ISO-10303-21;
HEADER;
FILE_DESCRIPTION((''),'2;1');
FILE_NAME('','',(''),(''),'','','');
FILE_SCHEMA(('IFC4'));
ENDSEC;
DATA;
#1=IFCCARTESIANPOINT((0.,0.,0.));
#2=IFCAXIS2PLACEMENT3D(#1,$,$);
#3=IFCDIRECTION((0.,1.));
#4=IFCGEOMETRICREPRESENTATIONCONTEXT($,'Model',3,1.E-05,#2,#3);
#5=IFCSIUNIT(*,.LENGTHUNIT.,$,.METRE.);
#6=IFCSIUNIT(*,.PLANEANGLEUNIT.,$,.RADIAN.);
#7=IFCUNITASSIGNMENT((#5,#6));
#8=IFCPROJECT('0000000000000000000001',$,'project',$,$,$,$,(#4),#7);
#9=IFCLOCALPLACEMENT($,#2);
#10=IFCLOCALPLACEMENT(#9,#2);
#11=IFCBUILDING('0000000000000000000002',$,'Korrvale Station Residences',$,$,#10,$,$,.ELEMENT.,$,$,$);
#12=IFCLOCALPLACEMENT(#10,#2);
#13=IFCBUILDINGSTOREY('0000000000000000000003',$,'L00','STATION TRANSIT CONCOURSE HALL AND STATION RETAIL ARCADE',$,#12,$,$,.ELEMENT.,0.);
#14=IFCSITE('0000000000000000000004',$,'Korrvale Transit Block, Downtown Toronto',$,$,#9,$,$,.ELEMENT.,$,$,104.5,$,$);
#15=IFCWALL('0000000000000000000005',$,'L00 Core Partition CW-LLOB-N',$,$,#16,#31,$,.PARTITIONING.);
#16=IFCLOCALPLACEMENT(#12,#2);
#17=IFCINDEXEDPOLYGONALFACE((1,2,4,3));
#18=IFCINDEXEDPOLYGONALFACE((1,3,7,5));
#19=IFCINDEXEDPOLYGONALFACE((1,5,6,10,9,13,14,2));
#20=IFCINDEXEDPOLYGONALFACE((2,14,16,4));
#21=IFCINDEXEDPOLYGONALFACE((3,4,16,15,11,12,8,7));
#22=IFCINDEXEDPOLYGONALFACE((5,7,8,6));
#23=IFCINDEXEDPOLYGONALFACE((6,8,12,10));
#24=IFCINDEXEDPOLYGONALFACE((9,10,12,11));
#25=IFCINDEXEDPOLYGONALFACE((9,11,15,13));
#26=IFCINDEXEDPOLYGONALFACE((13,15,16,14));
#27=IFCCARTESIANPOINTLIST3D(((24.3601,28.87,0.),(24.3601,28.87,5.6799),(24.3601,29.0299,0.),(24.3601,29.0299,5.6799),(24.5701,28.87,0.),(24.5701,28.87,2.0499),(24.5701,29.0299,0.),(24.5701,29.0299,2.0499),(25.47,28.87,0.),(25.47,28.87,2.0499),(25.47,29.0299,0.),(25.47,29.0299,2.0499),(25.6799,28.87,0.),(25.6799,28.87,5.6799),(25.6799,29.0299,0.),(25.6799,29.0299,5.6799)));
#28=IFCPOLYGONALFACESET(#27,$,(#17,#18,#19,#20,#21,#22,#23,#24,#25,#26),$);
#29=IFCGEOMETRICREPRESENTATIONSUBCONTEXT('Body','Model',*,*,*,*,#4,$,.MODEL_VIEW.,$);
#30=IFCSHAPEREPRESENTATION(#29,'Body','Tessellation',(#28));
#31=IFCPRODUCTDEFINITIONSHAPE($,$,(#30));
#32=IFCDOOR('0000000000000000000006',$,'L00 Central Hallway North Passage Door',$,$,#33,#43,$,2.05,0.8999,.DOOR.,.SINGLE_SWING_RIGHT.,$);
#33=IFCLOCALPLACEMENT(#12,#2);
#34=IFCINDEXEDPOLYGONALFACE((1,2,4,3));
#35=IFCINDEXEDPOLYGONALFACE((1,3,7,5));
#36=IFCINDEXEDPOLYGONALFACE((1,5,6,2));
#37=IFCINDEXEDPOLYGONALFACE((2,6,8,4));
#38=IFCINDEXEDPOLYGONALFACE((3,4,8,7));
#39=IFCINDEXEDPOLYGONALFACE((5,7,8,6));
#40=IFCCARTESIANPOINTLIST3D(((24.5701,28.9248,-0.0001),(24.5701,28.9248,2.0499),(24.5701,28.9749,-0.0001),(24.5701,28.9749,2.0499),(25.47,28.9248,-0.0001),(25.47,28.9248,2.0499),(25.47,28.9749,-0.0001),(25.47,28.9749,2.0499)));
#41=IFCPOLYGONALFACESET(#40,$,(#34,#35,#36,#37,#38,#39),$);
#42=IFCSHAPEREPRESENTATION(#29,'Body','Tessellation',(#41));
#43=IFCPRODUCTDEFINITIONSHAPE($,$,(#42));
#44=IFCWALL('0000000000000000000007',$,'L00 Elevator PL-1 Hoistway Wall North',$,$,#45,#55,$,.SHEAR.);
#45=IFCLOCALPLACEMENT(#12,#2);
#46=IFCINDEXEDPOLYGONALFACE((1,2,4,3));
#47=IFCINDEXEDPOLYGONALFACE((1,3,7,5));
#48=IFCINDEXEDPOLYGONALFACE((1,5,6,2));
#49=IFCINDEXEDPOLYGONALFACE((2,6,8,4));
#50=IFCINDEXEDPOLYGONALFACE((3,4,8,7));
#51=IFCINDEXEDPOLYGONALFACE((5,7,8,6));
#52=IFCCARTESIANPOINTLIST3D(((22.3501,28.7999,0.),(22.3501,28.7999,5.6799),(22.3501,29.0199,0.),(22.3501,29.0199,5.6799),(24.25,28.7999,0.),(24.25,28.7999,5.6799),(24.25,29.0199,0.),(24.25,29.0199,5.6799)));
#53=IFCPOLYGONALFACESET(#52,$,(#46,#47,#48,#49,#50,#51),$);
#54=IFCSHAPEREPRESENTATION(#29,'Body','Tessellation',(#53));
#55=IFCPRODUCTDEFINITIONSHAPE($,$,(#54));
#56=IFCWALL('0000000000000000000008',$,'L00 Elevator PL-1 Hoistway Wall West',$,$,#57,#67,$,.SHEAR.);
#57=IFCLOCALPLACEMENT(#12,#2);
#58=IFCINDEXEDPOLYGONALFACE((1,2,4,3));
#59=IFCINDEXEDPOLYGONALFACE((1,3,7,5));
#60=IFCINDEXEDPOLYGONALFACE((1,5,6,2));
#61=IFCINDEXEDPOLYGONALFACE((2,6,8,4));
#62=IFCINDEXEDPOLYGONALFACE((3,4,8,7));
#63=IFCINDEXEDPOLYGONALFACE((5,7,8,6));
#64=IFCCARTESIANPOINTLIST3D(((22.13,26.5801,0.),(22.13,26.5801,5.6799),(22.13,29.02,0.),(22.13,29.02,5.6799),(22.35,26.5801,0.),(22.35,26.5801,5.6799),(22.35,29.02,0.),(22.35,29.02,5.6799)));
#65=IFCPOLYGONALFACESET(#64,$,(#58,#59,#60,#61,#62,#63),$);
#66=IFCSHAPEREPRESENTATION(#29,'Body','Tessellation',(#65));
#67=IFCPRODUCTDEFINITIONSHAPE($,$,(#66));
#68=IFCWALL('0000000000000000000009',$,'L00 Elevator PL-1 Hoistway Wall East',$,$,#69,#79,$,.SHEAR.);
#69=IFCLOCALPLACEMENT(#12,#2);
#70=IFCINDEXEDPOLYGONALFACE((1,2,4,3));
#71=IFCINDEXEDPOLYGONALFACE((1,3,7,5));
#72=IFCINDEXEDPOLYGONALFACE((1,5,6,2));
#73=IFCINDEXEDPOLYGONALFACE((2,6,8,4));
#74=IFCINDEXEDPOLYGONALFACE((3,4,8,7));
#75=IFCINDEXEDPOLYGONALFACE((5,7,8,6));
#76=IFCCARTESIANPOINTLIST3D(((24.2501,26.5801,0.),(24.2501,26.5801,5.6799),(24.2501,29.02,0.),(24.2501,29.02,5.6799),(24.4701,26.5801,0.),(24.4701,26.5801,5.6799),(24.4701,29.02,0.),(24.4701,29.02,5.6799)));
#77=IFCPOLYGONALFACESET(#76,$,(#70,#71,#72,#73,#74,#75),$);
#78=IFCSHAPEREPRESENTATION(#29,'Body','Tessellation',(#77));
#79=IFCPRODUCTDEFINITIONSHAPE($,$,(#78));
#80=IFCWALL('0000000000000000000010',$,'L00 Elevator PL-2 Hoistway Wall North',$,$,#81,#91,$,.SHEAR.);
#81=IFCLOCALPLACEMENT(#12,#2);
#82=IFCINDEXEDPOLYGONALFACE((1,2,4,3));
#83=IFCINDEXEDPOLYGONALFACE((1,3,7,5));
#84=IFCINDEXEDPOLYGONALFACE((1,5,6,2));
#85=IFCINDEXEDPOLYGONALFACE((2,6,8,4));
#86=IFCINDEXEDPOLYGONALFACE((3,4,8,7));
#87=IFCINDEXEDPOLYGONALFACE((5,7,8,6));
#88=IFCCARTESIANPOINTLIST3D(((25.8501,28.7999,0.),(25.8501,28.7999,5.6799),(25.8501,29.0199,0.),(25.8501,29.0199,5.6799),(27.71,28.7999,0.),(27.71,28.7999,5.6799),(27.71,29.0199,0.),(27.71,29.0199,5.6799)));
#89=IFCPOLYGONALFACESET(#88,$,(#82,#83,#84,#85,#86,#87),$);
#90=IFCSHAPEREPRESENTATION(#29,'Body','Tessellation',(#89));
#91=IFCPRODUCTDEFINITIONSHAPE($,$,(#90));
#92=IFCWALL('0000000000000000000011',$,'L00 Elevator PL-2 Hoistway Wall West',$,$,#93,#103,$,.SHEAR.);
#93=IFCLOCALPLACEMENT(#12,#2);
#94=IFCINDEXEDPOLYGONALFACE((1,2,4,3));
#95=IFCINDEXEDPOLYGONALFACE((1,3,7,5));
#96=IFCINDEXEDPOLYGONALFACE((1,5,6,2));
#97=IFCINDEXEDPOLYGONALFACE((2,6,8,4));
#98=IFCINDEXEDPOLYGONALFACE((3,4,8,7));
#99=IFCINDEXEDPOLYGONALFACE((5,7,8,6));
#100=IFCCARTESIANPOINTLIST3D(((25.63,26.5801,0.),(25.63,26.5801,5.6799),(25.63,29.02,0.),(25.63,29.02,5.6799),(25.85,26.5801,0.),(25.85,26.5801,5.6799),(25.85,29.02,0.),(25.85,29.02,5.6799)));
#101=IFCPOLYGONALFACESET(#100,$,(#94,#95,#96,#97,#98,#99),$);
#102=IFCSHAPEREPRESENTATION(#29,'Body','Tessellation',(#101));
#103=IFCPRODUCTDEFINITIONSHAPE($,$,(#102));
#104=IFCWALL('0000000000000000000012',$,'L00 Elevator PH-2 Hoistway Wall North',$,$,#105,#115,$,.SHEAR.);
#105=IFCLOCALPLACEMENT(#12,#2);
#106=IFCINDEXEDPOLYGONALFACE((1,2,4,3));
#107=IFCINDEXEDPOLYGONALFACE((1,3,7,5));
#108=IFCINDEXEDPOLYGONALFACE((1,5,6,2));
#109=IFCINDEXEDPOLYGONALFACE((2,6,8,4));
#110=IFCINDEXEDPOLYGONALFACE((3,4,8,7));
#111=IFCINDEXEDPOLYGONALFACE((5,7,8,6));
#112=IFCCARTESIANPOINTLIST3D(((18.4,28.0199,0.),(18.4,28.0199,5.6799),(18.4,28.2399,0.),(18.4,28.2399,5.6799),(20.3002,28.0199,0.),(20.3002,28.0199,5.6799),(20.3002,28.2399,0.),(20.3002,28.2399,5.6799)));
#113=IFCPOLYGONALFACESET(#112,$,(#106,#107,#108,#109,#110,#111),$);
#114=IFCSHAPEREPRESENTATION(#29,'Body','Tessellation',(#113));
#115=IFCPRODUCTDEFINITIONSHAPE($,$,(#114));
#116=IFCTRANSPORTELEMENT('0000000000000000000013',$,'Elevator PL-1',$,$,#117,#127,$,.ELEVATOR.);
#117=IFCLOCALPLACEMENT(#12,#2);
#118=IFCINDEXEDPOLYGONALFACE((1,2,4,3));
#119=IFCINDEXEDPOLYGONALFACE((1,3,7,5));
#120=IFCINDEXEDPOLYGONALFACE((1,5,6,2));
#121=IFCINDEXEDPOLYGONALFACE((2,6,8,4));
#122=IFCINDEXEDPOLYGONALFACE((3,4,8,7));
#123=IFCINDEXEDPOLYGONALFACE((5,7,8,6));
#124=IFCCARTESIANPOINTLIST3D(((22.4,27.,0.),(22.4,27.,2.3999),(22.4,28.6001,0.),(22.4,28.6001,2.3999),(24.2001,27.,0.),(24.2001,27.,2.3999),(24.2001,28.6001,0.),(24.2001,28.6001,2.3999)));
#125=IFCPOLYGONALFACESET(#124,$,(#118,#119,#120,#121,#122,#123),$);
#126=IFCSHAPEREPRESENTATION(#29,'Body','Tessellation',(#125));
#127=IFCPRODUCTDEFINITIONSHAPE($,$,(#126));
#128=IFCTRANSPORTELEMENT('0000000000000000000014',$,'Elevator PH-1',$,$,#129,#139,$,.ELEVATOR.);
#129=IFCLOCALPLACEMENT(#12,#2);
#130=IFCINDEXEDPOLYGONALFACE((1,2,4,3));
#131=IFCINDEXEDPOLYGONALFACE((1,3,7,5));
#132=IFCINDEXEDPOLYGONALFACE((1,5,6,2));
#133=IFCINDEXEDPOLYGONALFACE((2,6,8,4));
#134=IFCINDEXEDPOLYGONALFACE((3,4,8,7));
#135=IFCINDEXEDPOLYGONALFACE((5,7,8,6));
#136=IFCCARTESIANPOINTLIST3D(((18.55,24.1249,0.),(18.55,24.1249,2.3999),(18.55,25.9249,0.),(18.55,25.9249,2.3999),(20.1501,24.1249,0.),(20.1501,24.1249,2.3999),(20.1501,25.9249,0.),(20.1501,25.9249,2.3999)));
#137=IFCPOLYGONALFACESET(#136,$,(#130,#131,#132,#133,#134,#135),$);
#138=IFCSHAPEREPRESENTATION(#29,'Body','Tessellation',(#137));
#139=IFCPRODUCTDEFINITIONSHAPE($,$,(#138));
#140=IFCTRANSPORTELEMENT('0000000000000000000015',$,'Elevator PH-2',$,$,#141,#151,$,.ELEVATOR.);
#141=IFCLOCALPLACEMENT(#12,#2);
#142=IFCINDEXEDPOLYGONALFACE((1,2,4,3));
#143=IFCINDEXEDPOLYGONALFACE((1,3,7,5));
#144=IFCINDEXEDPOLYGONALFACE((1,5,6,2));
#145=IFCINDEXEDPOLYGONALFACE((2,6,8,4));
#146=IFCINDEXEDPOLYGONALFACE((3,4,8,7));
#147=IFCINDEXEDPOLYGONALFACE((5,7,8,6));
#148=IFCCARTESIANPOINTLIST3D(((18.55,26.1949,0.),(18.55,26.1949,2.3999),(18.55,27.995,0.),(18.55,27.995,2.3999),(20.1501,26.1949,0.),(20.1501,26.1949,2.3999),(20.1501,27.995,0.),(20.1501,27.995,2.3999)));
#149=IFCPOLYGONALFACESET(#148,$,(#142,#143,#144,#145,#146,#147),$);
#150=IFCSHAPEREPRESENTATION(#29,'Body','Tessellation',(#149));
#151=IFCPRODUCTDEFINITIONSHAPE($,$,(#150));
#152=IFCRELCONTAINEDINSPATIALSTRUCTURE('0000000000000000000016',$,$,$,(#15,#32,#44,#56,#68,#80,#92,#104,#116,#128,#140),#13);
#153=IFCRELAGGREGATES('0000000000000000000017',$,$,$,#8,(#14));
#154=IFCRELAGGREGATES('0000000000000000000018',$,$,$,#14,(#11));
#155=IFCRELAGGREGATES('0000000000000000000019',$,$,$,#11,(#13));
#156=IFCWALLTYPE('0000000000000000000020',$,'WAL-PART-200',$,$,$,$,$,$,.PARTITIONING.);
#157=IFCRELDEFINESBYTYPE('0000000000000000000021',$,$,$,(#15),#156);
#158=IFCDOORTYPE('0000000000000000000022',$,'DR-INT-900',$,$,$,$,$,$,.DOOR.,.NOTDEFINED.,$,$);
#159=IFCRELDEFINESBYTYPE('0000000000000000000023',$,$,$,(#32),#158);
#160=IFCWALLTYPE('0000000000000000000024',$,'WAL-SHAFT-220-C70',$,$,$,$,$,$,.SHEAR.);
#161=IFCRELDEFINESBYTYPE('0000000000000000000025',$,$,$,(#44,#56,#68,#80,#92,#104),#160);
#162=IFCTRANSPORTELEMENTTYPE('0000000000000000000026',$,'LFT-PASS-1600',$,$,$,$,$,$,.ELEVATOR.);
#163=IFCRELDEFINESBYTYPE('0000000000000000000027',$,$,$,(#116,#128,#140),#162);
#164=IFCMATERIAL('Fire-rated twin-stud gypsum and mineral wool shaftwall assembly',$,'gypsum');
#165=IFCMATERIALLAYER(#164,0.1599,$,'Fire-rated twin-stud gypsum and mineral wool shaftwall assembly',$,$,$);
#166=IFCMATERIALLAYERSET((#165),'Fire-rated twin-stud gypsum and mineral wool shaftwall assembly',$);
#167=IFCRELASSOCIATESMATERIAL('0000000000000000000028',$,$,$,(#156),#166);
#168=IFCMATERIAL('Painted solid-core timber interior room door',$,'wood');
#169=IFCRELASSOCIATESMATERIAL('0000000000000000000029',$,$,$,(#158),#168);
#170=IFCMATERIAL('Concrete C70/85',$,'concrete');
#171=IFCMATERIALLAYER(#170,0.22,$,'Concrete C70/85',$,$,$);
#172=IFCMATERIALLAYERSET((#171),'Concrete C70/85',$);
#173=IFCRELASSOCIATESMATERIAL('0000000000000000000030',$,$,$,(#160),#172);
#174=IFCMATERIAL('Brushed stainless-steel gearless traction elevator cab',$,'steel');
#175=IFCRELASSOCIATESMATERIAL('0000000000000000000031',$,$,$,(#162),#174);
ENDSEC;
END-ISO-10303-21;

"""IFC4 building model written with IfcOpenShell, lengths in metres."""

from ifc_helpers import new_model, si_unit, direction, frame, frame_2d, origin, origin_2d, place, context, subcontext, project, spatial, rectangle, extrude, material, layer, layer_set, type_object, element, fill, save


model = new_model("IFC4")

# Units and contexts
model_context = context("Model", 3, precision=1e-05, world=origin(), true_north=direction((0.0, 1.0)))
body_context = subcontext(model_context, "Body", "Model", "MODEL_VIEW")
ifc_project = project(units=[si_unit("LENGTHUNIT", "METRE"), si_unit("PLANEANGLEUNIT", "RADIAN")], contexts=[model_context])

# Site, building, storey
site_placement = place(None, origin())
site = spatial("IfcSite", under=ifc_project, at=site_placement, Name="Korrvale Transit Block, Downtown Toronto", CompositionType="ELEMENT", RefElevation=104.5)
building_placement = place(site_placement, origin())
building = spatial("IfcBuilding", under=site, at=building_placement, Name="Korrvale Station Residences", CompositionType="ELEMENT")
storey_placement = place(building_placement, origin())
storey = spatial("IfcBuildingStorey", under=building, at=storey_placement, Name="L00", Description="STATION TRANSIT CONCOURSE HALL AND STATION RETAIL ARCADE", CompositionType="ELEMENT", Elevation=0.0)

# Wall, opening, door
ifc_material_1 = material(Name="Fire-rated twin-stud gypsum and mineral wool shaftwall assembly", Category="gypsum")
ifc_layer_1 = layer(ifc_material_1, 0.1599, Name="Fire-rated twin-stud gypsum and mineral wool shaftwall assembly")
ifc_layer_set_1 = layer_set([ifc_layer_1], Name="Fire-rated twin-stud gypsum and mineral wool shaftwall assembly")
wall_type_1 = type_object("IfcWallType", Name="WAL-PART-200", PredefinedType="PARTITIONING", material=ifc_layer_set_1)
wall_1_placement = place(storey_placement, frame((24.3601, 28.95, 0.0), z_axis=(0.0, 0.0, 1.0), x_axis=(1.0, 0.0, 0.0)))
wall_1 = element("IfcWall", 1, at=wall_1_placement, inside=storey, type_object=wall_type_1, Name="L00 Core Partition CW-LLOB-N", PredefinedType="PARTITIONING", context=body_context, shape_type="SweptSolid", body=[
    extrude(rectangle(XDim=1.3198, YDim=0.1599, at=frame_2d((0.6599, 0.0))), origin(), (0.0, 0.0, 1.0), 5.6799),
])
opening_1_placement = place(wall_1_placement, frame((0.21, 0.0, 0.0)))
opening_1 = element("IfcOpeningElement", 2, at=opening_1_placement, cuts=wall_1, PredefinedType="OPENING", context=body_context, shape_type="SweptSolid", body=[
    extrude(rectangle(XDim=0.8999, YDim=2.05, at=frame_2d((0.45, 1.0249))), frame((0.0, 0.0898, 0.0), z_axis=(0.0, -1.0, 0.0), x_axis=(1.0, 0.0, 0.0)), (0.0, 0.0, 1.0), 0.1799),
])
ifc_material_2 = material(Name="Painted solid-core timber interior room door", Category="wood")
door_type_1 = type_object("IfcDoorType", Name="DR-INT-900", OperationType="NOTDEFINED", PredefinedType="DOOR", material=ifc_material_2)
door_1_placement = place(opening_1_placement, origin())
door_1 = element("IfcDoor", 3, at=door_1_placement, inside=storey, type_object=door_type_1, Name="L00 Central Hallway North Passage Door", OperationType="SINGLE_SWING_RIGHT", OverallHeight=2.05, OverallWidth=0.8999, PredefinedType="DOOR", context=body_context, shape_type="SweptSolid", body=[
    extrude(rectangle(XDim=0.8999, YDim=2.05, at=frame_2d((0.45, 1.0249))), frame((0.0, 0.0249, 0.0), z_axis=(0.0, -1.0, 0.0), x_axis=(1.0, 0.0, 0.0)), (0.0, 0.0, 1.0), 0.05),
])
fill(opening_1, door_1)
ifc_material_3 = material(Name="Concrete C70/85", Category="concrete")
ifc_layer_2 = layer(ifc_material_3, 0.22, Name="Concrete C70/85")
ifc_layer_set_2 = layer_set([ifc_layer_2], Name="Concrete C70/85")
wall_type_2 = type_object("IfcWallType", Name="WAL-SHAFT-220-C70", PredefinedType="SHEAR", material=ifc_layer_set_2)

# Walls
wall_2_placement = place(storey_placement, frame((22.3501, 28.9099, 0.0), z_axis=(0.0, 0.0, 1.0), x_axis=(1.0, 0.0, 0.0)))
element("IfcWall", 4, at=wall_2_placement, inside=storey, type_object=wall_type_2, Name="L00 Elevator PL-1 Hoistway Wall North", PredefinedType="SHEAR", context=body_context, shape_type="SweptSolid", body=[
    extrude(rectangle(XDim=1.8999, YDim=0.22, at=frame_2d((0.95, 0.0))), origin(), (0.0, 0.0, 1.0), 5.6799),
])
for number, where, z_axis, x_axis, name in (
    (5, (22.24, 26.5801, 0.0), (0.0, 0.0, 1.0), (0.0, 1.0, 0.0), "L00 Elevator PL-1 Hoistway Wall West"),
    (6, (24.3601, 26.5801, 0.0), (0.0, 0.0, 1.0), (0.0, 1.0, 0.0), "L00 Elevator PL-1 Hoistway Wall East"),
):
    element("IfcWall", number, at=place(storey_placement, frame(where, z_axis=z_axis, x_axis=x_axis)), inside=storey, type_object=wall_type_2, Name=name, PredefinedType="SHEAR", context=body_context, shape_type="SweptSolid", body=[
        extrude(rectangle(XDim=2.4399, YDim=0.22, at=frame_2d((1.22, 0.0))), origin(), (0.0, 0.0, 1.0), 5.6799),
    ])

# Walls
wall_3_placement = place(storey_placement, frame((25.8501, 28.9099, 0.0), z_axis=(0.0, 0.0, 1.0), x_axis=(1.0, 0.0, 0.0)))
element("IfcWall", 7, at=wall_3_placement, inside=storey, type_object=wall_type_2, Name="L00 Elevator PL-2 Hoistway Wall North", PredefinedType="SHEAR", context=body_context, shape_type="SweptSolid", body=[
    extrude(rectangle(XDim=1.8599, YDim=0.22, at=frame_2d((0.9299, 0.0))), origin(), (0.0, 0.0, 1.0), 5.6799),
])
wall_4_placement = place(storey_placement, frame((25.74, 26.5801, 0.0), z_axis=(0.0, 0.0, 1.0), x_axis=(0.0, 1.0, 0.0)))
element("IfcWall", 8, at=wall_4_placement, inside=storey, type_object=wall_type_2, Name="L00 Elevator PL-2 Hoistway Wall West", PredefinedType="SHEAR", context=body_context, shape_type="SweptSolid", body=[
    extrude(rectangle(XDim=2.4399, YDim=0.22, at=frame_2d((1.22, 0.0))), origin(), (0.0, 0.0, 1.0), 5.6799),
])

# Wall
wall_5_placement = place(storey_placement, frame((18.3999, 28.1299, 0.0), z_axis=(0.0, 0.0, 1.0), x_axis=(1.0, 0.0, 0.0)))
element("IfcWall", 9, at=wall_5_placement, inside=storey, type_object=wall_type_2, Name="L00 Elevator PH-2 Hoistway Wall North", PredefinedType="SHEAR", context=body_context, shape_type="SweptSolid", body=[
    extrude(rectangle(XDim=1.9001, YDim=0.22, at=frame_2d((0.9502, 0.0))), origin(), (0.0, 0.0, 1.0), 5.6799),
])

# Transport elements
ifc_material_4 = material(Name="Brushed stainless-steel gearless traction elevator cab", Category="steel")
transport_element_type = type_object("IfcTransportElementType", Name="LFT-PASS-1600", PredefinedType="ELEVATOR", material=ifc_material_4)
for number, where, z_axis, x_axis, name in (
    (10, (23.3, 27.8, 0.0), (0.0, 0.0, 1.0), (1.0, 0.0, 0.0), "Elevator PL-1"),
    (11, (19.3501, 25.0249, 0.0), (0.0, 0.0, 1.0), (0.0, 1.0, 0.0), "Elevator PH-1"),
    (12, (19.3501, 27.095, 0.0), (0.0, 0.0, 1.0), (0.0, 1.0, 0.0), "Elevator PH-2"),
):
    element("IfcTransportElement", number, at=place(storey_placement, frame(where, z_axis=z_axis, x_axis=x_axis)), inside=storey, type_object=transport_element_type, Name=name, PredefinedType="ELEVATOR", context=body_context, shape_type="SweptSolid", body=[
        extrude(rectangle(XDim=1.8, YDim=1.6001, at=origin_2d()), origin(), (0.0, 0.0, 1.0), 2.3999),
    ])

save(model, "model.ifc")
